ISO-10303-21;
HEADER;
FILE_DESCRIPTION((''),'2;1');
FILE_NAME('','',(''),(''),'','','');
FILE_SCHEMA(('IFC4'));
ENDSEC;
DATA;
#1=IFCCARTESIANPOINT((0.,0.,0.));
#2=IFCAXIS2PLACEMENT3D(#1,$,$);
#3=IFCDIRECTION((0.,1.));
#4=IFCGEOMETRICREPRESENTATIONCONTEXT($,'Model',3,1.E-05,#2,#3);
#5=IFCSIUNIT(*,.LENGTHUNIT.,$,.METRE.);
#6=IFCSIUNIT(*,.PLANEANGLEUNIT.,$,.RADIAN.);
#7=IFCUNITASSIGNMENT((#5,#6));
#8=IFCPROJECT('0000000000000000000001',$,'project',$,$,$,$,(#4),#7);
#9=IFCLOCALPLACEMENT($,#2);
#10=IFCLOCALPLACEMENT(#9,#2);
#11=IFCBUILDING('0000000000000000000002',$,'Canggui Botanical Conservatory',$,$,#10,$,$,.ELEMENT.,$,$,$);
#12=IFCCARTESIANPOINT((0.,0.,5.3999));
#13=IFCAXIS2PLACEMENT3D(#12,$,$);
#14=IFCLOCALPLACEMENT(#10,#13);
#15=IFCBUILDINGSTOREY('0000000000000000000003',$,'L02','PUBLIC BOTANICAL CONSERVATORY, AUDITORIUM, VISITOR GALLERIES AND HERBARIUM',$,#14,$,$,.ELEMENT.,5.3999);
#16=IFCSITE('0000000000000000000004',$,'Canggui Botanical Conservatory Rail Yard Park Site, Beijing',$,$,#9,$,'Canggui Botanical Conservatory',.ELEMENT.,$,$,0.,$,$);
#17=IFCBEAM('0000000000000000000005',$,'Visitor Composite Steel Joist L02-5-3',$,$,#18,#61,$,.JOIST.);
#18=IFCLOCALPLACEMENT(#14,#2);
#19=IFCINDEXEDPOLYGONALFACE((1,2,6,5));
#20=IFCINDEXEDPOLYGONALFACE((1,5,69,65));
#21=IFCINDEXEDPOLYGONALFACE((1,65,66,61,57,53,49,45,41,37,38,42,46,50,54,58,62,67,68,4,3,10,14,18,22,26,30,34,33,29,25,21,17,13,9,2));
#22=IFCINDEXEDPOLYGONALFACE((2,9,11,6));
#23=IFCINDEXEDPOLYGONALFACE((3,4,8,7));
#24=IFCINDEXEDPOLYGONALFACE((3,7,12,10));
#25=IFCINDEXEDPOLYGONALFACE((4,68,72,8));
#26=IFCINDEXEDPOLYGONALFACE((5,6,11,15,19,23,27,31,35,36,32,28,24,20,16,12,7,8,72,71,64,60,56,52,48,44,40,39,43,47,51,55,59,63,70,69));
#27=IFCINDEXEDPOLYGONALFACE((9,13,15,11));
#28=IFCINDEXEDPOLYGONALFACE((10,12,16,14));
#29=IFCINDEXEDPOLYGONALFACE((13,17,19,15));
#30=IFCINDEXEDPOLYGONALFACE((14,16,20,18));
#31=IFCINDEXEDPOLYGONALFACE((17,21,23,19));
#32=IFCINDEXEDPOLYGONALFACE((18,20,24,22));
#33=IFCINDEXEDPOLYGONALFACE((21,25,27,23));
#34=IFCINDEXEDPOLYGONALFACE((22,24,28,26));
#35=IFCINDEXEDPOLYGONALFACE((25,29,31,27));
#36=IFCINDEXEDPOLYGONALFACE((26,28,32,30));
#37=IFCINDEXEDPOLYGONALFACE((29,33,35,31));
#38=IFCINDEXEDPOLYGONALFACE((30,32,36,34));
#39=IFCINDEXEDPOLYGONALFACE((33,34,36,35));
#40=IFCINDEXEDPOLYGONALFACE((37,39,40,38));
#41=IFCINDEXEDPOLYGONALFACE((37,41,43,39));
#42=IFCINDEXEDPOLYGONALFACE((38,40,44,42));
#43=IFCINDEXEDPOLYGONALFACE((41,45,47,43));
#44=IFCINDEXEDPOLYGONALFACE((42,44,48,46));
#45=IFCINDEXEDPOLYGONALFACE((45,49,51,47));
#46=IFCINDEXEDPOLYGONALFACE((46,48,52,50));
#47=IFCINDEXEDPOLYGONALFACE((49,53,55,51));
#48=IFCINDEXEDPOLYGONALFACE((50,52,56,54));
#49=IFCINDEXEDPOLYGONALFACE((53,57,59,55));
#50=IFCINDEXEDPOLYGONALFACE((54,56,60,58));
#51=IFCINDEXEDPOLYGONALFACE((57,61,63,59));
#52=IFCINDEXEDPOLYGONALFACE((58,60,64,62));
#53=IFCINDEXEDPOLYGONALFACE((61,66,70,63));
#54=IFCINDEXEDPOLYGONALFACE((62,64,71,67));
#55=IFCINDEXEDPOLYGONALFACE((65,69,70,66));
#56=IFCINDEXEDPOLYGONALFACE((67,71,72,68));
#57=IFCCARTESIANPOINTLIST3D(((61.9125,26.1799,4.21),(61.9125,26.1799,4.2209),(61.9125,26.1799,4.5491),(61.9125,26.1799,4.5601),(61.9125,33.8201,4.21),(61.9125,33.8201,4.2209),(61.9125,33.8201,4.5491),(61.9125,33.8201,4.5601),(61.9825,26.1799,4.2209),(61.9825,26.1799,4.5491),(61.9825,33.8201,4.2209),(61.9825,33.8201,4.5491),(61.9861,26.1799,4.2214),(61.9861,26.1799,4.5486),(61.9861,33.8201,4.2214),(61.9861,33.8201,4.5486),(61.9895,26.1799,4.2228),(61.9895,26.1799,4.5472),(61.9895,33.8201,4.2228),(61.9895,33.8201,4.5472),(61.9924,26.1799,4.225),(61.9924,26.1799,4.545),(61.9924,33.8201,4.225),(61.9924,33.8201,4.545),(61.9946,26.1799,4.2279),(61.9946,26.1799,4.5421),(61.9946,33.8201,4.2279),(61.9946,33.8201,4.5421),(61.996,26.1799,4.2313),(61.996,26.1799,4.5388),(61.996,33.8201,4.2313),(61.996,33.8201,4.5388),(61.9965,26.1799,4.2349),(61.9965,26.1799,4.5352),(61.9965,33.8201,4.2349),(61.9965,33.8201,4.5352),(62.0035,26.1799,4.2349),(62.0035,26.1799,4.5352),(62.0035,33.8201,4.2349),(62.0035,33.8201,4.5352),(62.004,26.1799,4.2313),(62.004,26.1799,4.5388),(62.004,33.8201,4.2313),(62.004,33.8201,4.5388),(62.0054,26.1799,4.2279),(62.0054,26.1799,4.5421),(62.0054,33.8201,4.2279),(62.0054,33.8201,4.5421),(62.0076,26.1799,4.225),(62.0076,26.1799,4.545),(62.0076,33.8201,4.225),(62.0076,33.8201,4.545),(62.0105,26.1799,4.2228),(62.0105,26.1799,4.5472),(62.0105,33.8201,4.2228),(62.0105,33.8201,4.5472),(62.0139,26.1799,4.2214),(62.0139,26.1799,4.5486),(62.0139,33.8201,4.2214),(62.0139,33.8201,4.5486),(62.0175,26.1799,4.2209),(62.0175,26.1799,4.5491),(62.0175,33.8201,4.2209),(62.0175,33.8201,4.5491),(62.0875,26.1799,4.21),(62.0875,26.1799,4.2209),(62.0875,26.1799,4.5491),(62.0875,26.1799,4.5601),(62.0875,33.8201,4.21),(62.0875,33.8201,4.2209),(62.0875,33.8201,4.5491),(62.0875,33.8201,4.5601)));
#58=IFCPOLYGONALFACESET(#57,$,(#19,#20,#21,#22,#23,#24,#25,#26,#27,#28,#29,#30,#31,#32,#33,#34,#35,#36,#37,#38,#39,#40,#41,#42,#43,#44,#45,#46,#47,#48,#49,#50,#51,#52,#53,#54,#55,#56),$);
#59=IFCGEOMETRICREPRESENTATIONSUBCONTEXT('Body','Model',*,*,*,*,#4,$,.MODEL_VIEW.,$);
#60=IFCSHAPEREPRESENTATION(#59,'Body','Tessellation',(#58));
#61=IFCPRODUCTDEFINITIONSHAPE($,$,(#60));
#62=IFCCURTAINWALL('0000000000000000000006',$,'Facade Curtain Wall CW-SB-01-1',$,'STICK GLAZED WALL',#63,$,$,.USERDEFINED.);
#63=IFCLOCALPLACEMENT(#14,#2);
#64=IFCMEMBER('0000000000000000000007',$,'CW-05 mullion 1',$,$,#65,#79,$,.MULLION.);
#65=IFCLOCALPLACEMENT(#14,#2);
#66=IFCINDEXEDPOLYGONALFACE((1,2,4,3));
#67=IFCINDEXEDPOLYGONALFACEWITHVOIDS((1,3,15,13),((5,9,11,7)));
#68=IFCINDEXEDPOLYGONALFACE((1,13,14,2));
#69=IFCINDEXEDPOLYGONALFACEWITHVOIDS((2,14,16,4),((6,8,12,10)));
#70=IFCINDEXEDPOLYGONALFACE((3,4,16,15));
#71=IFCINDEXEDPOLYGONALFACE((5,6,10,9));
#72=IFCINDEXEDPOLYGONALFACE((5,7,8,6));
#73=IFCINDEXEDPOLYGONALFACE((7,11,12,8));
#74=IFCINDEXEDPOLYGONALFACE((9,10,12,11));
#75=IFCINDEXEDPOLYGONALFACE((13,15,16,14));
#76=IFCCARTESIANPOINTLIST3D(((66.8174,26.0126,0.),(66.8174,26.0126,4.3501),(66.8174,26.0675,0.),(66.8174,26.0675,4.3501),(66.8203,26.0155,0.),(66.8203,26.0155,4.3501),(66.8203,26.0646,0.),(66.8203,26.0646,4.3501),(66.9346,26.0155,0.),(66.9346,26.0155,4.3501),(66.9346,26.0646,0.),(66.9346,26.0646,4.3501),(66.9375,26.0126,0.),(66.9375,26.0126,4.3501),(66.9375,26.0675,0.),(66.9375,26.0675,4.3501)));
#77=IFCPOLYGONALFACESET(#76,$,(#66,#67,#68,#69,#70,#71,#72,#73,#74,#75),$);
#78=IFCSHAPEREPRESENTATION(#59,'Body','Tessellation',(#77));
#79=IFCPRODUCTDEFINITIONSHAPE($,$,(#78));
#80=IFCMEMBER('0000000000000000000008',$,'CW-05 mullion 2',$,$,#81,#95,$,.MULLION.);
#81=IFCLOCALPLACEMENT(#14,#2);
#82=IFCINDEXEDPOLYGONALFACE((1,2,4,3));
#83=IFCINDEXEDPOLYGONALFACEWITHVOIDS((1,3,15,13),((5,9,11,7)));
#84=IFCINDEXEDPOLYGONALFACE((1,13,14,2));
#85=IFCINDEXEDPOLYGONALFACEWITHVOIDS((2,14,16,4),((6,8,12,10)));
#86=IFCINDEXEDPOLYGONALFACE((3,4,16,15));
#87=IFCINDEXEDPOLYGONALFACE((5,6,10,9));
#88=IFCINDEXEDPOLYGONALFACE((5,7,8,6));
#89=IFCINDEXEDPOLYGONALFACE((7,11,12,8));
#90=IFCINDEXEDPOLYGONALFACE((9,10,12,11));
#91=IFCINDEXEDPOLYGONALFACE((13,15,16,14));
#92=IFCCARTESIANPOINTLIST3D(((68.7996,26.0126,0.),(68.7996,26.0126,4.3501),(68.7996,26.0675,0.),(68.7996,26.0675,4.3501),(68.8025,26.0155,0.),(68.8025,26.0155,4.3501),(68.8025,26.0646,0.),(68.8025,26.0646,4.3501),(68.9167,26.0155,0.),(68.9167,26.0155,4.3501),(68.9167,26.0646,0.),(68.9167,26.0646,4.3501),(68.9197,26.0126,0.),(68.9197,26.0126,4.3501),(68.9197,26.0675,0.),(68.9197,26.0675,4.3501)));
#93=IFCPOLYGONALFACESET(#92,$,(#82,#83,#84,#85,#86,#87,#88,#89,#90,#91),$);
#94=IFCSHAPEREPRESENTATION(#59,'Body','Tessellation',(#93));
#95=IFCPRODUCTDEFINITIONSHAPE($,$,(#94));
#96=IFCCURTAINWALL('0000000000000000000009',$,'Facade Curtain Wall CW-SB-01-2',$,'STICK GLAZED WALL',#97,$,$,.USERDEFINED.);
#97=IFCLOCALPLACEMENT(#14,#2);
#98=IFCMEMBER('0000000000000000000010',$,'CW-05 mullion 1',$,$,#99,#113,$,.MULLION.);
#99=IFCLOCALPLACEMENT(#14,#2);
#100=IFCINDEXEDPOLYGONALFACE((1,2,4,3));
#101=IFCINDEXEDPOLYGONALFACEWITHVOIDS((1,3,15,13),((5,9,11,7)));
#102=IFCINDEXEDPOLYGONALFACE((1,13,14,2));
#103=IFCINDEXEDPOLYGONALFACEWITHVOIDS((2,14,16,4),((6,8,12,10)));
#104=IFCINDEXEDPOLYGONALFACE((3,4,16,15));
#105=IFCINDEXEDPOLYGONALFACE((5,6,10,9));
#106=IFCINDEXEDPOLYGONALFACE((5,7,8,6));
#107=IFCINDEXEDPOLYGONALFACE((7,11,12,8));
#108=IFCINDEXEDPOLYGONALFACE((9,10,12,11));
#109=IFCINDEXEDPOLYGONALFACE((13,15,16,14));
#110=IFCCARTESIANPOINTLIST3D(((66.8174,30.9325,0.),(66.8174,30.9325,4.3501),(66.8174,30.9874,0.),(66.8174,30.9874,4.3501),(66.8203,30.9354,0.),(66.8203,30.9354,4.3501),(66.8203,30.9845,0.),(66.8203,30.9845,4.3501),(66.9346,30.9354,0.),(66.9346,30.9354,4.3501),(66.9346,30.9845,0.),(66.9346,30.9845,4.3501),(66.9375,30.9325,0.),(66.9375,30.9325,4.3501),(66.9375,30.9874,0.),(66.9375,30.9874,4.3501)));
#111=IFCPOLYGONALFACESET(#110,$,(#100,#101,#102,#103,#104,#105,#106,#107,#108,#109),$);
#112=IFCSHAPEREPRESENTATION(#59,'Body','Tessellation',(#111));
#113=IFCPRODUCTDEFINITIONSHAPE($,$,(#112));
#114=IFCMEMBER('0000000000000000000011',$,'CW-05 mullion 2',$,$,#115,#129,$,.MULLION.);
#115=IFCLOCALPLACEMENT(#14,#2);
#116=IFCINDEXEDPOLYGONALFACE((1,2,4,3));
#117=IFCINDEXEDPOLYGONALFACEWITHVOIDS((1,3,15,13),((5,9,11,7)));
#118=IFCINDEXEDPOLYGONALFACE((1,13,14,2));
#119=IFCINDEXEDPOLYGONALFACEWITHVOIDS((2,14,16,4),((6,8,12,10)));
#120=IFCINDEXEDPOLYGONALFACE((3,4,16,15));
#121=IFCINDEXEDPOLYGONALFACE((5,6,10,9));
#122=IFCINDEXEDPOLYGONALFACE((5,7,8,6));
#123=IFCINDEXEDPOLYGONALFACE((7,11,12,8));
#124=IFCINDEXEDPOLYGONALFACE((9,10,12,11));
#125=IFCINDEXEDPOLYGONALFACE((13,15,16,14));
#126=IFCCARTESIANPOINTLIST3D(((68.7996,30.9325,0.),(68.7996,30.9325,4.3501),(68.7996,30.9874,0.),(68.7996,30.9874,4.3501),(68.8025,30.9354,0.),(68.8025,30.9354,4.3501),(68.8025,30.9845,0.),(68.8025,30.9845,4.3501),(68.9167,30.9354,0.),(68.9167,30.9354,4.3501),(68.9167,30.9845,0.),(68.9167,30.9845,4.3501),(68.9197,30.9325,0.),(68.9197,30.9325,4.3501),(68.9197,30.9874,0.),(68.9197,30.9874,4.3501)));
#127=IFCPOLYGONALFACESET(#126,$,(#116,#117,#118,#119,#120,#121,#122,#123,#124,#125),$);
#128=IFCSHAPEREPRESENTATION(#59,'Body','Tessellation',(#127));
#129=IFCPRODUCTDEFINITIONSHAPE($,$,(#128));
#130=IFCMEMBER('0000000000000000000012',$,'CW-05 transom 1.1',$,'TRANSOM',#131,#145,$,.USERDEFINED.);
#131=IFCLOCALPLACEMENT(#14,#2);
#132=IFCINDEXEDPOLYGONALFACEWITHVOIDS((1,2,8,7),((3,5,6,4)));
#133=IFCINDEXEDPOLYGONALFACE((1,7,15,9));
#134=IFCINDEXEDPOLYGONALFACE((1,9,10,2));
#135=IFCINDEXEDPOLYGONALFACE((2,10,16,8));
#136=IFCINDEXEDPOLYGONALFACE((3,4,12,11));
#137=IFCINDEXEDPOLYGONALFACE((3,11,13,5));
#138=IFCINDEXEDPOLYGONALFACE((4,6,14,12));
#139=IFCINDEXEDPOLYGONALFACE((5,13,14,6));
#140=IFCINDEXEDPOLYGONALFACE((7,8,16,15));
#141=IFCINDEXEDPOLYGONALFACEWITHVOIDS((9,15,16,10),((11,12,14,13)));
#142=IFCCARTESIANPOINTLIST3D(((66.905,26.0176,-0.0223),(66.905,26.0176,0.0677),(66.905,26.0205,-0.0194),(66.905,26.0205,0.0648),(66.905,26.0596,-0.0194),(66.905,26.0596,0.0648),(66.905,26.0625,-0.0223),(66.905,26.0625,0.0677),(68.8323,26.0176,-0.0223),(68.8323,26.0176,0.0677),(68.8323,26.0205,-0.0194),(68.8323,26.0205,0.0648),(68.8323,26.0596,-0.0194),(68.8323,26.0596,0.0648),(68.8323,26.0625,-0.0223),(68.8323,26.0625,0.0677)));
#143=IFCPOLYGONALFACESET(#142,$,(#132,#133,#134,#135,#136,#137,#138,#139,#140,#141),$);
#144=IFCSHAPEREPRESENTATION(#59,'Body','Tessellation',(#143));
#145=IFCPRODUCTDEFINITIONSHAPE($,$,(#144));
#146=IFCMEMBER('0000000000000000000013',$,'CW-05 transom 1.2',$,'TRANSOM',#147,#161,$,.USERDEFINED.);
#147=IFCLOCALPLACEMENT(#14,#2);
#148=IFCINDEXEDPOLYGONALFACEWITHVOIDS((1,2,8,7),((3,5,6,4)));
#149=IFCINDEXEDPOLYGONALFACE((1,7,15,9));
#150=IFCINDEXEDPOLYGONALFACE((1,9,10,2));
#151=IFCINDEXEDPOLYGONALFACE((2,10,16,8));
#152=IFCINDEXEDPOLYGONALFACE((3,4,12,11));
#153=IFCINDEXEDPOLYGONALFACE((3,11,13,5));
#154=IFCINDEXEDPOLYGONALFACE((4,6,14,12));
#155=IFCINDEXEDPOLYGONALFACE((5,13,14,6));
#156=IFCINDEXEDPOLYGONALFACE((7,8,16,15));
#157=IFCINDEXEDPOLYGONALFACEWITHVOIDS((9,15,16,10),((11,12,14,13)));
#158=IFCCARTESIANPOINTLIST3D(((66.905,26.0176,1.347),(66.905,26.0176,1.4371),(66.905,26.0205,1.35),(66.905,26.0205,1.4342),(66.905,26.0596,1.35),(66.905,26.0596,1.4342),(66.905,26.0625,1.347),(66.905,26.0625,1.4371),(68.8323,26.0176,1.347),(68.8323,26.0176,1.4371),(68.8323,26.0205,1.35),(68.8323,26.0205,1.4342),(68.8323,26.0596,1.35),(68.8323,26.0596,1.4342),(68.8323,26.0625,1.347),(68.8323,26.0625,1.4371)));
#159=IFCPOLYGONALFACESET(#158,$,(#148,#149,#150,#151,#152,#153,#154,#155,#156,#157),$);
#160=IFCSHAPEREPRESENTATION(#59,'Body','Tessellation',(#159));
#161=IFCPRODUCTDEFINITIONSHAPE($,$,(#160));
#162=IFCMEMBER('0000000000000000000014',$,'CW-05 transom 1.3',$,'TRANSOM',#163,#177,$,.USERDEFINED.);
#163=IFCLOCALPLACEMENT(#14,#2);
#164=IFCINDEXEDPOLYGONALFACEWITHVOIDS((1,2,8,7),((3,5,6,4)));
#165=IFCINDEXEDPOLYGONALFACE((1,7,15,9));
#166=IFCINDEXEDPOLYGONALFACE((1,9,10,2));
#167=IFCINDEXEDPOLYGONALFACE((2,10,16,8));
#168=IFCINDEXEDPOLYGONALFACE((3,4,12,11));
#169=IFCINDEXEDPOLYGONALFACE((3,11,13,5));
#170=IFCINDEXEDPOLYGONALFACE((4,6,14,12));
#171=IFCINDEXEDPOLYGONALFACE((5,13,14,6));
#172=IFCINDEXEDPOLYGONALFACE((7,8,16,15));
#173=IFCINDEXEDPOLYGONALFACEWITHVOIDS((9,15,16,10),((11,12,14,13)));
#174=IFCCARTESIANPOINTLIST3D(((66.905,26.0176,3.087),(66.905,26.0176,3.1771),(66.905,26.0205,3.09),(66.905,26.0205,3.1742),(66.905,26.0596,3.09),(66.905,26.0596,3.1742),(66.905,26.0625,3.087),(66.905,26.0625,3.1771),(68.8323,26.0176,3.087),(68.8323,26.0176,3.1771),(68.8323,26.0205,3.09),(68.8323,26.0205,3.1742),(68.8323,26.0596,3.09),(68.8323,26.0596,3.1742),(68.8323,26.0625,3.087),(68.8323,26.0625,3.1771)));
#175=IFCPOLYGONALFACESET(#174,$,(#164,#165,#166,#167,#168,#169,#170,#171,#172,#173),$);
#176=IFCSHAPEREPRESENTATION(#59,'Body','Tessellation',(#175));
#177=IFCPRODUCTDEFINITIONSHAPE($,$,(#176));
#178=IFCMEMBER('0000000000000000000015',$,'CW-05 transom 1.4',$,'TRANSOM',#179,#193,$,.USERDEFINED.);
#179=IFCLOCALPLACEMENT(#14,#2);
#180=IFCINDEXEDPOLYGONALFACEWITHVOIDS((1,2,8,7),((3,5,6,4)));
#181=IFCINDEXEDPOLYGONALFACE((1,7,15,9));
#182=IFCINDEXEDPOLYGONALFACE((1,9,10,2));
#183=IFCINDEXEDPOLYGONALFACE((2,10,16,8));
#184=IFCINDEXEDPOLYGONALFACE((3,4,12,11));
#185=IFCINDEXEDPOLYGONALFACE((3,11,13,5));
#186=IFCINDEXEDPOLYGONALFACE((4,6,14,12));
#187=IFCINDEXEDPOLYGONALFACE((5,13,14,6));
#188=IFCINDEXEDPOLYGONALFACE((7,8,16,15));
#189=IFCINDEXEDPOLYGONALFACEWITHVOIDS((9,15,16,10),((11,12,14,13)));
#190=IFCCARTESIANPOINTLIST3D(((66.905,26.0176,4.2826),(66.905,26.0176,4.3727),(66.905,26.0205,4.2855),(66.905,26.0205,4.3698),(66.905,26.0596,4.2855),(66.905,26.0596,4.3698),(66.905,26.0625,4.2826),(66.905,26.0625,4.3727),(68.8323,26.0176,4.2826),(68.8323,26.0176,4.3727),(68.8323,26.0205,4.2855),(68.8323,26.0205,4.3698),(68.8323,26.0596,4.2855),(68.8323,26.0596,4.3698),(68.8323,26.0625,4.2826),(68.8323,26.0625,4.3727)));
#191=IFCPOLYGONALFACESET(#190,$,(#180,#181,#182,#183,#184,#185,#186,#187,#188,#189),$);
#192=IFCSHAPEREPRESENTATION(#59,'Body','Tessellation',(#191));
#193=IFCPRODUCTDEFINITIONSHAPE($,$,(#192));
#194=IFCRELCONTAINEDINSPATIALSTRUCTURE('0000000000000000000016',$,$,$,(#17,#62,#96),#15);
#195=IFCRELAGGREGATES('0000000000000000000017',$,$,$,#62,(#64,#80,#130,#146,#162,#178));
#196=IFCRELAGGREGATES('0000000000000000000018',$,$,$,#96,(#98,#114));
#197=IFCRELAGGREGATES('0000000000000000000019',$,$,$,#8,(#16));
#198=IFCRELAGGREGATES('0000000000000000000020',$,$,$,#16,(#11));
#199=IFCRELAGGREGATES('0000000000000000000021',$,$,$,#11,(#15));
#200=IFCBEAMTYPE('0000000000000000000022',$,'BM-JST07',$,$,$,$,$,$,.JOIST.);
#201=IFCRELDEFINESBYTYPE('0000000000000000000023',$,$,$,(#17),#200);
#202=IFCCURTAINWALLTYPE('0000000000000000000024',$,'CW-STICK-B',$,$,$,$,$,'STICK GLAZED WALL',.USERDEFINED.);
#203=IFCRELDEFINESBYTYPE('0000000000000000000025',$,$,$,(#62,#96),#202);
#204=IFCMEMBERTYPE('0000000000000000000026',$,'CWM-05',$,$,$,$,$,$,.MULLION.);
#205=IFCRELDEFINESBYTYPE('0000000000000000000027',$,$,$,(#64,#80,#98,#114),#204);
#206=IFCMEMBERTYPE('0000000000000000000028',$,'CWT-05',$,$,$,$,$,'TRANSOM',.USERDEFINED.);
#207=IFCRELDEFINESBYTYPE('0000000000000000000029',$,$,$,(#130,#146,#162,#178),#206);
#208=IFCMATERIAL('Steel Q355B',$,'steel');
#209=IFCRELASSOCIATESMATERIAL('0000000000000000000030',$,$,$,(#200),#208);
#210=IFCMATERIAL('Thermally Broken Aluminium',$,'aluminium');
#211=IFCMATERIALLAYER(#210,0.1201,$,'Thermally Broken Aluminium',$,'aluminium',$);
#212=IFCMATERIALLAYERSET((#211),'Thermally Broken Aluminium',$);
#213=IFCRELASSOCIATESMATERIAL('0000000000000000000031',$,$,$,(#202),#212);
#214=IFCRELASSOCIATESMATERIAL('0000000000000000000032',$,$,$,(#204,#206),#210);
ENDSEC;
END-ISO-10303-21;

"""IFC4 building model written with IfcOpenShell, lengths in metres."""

from ifc_helpers import new_model, si_unit, direction, frame, origin, origin_2d, place, context, subcontext, project, spatial, hollow_rectangle, i_section, extrude, material, layer, layer_set, material_profile, profile_set, type_object, element, aggregate, save


model = new_model("IFC4")

# Units and contexts
model_context = context("Model", 3, precision=1e-05, world=origin(), true_north=direction((0.0, 1.0)))
body_context = subcontext(model_context, "Body", "Model", "MODEL_VIEW")
ifc_project = project(units=[si_unit("LENGTHUNIT", "METRE"), si_unit("PLANEANGLEUNIT", "RADIAN")], contexts=[model_context])

# Site, building, storey
site_placement = place(None, origin())
site = spatial("IfcSite", under=ifc_project, at=site_placement, Name="Canggui Botanical Conservatory Rail Yard Park Site, Beijing", LongName="Canggui Botanical Conservatory", CompositionType="ELEMENT", RefElevation=0.0)
building_placement = place(site_placement, origin())
building = spatial("IfcBuilding", under=site, at=building_placement, Name="Canggui Botanical Conservatory", CompositionType="ELEMENT")
storey_placement = place(building_placement, frame((0.0, 0.0, 5.3999)))
storey = spatial("IfcBuildingStorey", under=building, at=storey_placement, Name="L02", Description="PUBLIC BOTANICAL CONSERVATORY, AUDITORIUM, VISITOR GALLERIES AND HERBARIUM", CompositionType="ELEMENT", Elevation=5.3999)

# Beam
ifc_material_1 = material(Name="Steel Q355B", Category="steel")
ifc_material_profile_1 = material_profile(ifc_material_1, i_section(OverallWidth=0.175, OverallDepth=0.3501, WebThickness=0.0071, FlangeThickness=0.011, FilletRadius=0.0139, at=origin_2d()), Name="HN 350x175x7x11")
ifc_profile_set_1 = profile_set([ifc_material_profile_1], Name="Steel Q355B")
beam_type = type_object("IfcBeamType", Name="BM-JST07", PredefinedType="JOIST", material=ifc_profile_set_1)
beam_placement = place(storey_placement, frame((62.0, 26.1799, 4.385), z_axis=(0.0, 1.0, 0.0), x_axis=(-1.0, 0.0, 0.0)))
element("IfcBeam", 1, at=beam_placement, inside=storey, type_object=beam_type, Name="Visitor Composite Steel Joist L02-5-3", PredefinedType="JOIST", context=body_context, shape_type="SweptSolid", body=[
    extrude(i_section(OverallWidth=0.175, OverallDepth=0.3501, WebThickness=0.0071, FlangeThickness=0.011, FilletRadius=0.0139, at=origin_2d()), origin(), (0.0, 0.0, 1.0), 7.6401),
])

# Curtain walls, members
ifc_material_2 = material(Name="Thermally Broken Aluminium", Category="aluminium")
ifc_layer_1 = layer(ifc_material_2, 0.1201, Name="Thermally Broken Aluminium", Category="aluminium")
ifc_layer_set_1 = layer_set([ifc_layer_1], Name="Thermally Broken Aluminium")
curtain_wall_type = type_object("IfcCurtainWallType", Name="CW-STICK-B", ElementType="STICK GLAZED WALL", PredefinedType="USERDEFINED", material=ifc_layer_set_1)
curtain_wall_1_placement = place(storey_placement, origin())
curtain_wall_1 = element("IfcCurtainWall", 2, at=curtain_wall_1_placement, inside=storey, type_object=curtain_wall_type, Name="Facade Curtain Wall CW-SB-01-1", ObjectType="STICK GLAZED WALL", PredefinedType="USERDEFINED")
ifc_material_profile_2 = material_profile(ifc_material_2, hollow_rectangle(XDim=0.0549, YDim=0.1201, WallThickness=0.0029, at=origin_2d()), Name="CWM 55x120x3")
ifc_profile_set_2 = profile_set([ifc_material_profile_2], Name="Thermally Broken Aluminium")
member_type_1 = type_object("IfcMemberType", Name="CWM-05", PredefinedType="MULLION", material=ifc_profile_set_2)
member_1_placement = place(storey_placement, frame((66.8774, 26.04, 0.0), z_axis=(0.0, 0.0, 1.0), x_axis=(0.0, 1.0, 0.0)))
member_1 = element("IfcMember", 3, at=member_1_placement, type_object=member_type_1, Name="CW-05 mullion 1", PredefinedType="MULLION", context=body_context, shape_type="SweptSolid", body=[
    extrude(hollow_rectangle(XDim=0.0549, YDim=0.1201, WallThickness=0.0029, at=origin_2d()), origin(), (0.0, 0.0, 1.0), 4.3501),
])
member_2_placement = place(storey_placement, frame((68.8596, 26.04, 0.0), z_axis=(0.0, 0.0, 1.0), x_axis=(0.0, 1.0, 0.0)))
member_2 = element("IfcMember", 4, at=member_2_placement, type_object=member_type_1, Name="CW-05 mullion 2", PredefinedType="MULLION", context=body_context, shape_type="SweptSolid", body=[
    extrude(hollow_rectangle(XDim=0.0549, YDim=0.1201, WallThickness=0.0029, at=origin_2d()), origin(), (0.0, 0.0, 1.0), 4.3501),
])
curtain_wall_2_placement = place(storey_placement, origin())
curtain_wall_2 = element("IfcCurtainWall", 5, at=curtain_wall_2_placement, inside=storey, type_object=curtain_wall_type, Name="Facade Curtain Wall CW-SB-01-2", ObjectType="STICK GLAZED WALL", PredefinedType="USERDEFINED")
member_3_placement = place(storey_placement, frame((66.8774, 30.96, 0.0), z_axis=(0.0, 0.0, 1.0), x_axis=(0.0, 1.0, 0.0)))
member_3 = element("IfcMember", 6, at=member_3_placement, type_object=member_type_1, Name="CW-05 mullion 1", PredefinedType="MULLION", context=body_context, shape_type="SweptSolid", body=[
    extrude(hollow_rectangle(XDim=0.0549, YDim=0.1201, WallThickness=0.0029, at=origin_2d()), origin(), (0.0, 0.0, 1.0), 4.3501),
])
member_4_placement = place(storey_placement, frame((68.8596, 30.96, 0.0), z_axis=(0.0, 0.0, 1.0), x_axis=(0.0, 1.0, 0.0)))
member_4 = element("IfcMember", 7, at=member_4_placement, type_object=member_type_1, Name="CW-05 mullion 2", PredefinedType="MULLION", context=body_context, shape_type="SweptSolid", body=[
    extrude(hollow_rectangle(XDim=0.0549, YDim=0.1201, WallThickness=0.0029, at=origin_2d()), origin(), (0.0, 0.0, 1.0), 4.3501),
])

# Members
ifc_material_profile_3 = material_profile(ifc_material_2, hollow_rectangle(XDim=0.0449, YDim=0.0901, WallThickness=0.0029, at=origin_2d()), Name="CWT 45x90x3")
ifc_profile_set_3 = profile_set([ifc_material_profile_3], Name="Thermally Broken Aluminium")
member_type_2 = type_object("IfcMemberType", Name="CWT-05", ElementType="TRANSOM", PredefinedType="USERDEFINED", material=ifc_profile_set_3)
member_5_placement = place(storey_placement, frame((66.905, 26.04, 0.0227), z_axis=(1.0, 0.0, 0.0), x_axis=(0.0, 1.0, 0.0)))
member_5 = element("IfcMember", 8, at=member_5_placement, type_object=member_type_2, Name="CW-05 transom 1.1", ObjectType="TRANSOM", PredefinedType="USERDEFINED", context=body_context, shape_type="SweptSolid", body=[
    extrude(hollow_rectangle(XDim=0.0449, YDim=0.0901, WallThickness=0.0029, at=origin_2d()), origin(), (0.0, 0.0, 1.0), 1.9272),
])
member_6_placement = place(storey_placement, frame((66.905, 26.04, 1.3921), z_axis=(1.0, 0.0, 0.0), x_axis=(0.0, 1.0, 0.0)))
member_6 = element("IfcMember", 9, at=member_6_placement, type_object=member_type_2, Name="CW-05 transom 1.2", ObjectType="TRANSOM", PredefinedType="USERDEFINED", context=body_context, shape_type="SweptSolid", body=[
    extrude(hollow_rectangle(XDim=0.0449, YDim=0.0901, WallThickness=0.0029, at=origin_2d()), origin(), (0.0, 0.0, 1.0), 1.9272),
])
member_7_placement = place(storey_placement, frame((66.905, 26.04, 3.1321), z_axis=(1.0, 0.0, 0.0), x_axis=(0.0, 1.0, 0.0)))
member_7 = element("IfcMember", 10, at=member_7_placement, type_object=member_type_2, Name="CW-05 transom 1.3", ObjectType="TRANSOM", PredefinedType="USERDEFINED", context=body_context, shape_type="SweptSolid", body=[
    extrude(hollow_rectangle(XDim=0.0449, YDim=0.0901, WallThickness=0.0029, at=origin_2d()), origin(), (0.0, 0.0, 1.0), 1.9272),
])
member_8_placement = place(storey_placement, frame((66.905, 26.04, 4.3276), z_axis=(1.0, 0.0, 0.0), x_axis=(0.0, 1.0, 0.0)))
member_8 = element("IfcMember", 11, at=member_8_placement, type_object=member_type_2, Name="CW-05 transom 1.4", ObjectType="TRANSOM", PredefinedType="USERDEFINED", context=body_context, shape_type="SweptSolid", body=[
    extrude(hollow_rectangle(XDim=0.0449, YDim=0.0901, WallThickness=0.0029, at=origin_2d()), origin(), (0.0, 0.0, 1.0), 1.9272),
])

aggregate(curtain_wall_1, [member_1, member_2, member_5, member_6, member_7, member_8])
aggregate(curtain_wall_2, [member_3, member_4])

save(model, "model.ifc")
